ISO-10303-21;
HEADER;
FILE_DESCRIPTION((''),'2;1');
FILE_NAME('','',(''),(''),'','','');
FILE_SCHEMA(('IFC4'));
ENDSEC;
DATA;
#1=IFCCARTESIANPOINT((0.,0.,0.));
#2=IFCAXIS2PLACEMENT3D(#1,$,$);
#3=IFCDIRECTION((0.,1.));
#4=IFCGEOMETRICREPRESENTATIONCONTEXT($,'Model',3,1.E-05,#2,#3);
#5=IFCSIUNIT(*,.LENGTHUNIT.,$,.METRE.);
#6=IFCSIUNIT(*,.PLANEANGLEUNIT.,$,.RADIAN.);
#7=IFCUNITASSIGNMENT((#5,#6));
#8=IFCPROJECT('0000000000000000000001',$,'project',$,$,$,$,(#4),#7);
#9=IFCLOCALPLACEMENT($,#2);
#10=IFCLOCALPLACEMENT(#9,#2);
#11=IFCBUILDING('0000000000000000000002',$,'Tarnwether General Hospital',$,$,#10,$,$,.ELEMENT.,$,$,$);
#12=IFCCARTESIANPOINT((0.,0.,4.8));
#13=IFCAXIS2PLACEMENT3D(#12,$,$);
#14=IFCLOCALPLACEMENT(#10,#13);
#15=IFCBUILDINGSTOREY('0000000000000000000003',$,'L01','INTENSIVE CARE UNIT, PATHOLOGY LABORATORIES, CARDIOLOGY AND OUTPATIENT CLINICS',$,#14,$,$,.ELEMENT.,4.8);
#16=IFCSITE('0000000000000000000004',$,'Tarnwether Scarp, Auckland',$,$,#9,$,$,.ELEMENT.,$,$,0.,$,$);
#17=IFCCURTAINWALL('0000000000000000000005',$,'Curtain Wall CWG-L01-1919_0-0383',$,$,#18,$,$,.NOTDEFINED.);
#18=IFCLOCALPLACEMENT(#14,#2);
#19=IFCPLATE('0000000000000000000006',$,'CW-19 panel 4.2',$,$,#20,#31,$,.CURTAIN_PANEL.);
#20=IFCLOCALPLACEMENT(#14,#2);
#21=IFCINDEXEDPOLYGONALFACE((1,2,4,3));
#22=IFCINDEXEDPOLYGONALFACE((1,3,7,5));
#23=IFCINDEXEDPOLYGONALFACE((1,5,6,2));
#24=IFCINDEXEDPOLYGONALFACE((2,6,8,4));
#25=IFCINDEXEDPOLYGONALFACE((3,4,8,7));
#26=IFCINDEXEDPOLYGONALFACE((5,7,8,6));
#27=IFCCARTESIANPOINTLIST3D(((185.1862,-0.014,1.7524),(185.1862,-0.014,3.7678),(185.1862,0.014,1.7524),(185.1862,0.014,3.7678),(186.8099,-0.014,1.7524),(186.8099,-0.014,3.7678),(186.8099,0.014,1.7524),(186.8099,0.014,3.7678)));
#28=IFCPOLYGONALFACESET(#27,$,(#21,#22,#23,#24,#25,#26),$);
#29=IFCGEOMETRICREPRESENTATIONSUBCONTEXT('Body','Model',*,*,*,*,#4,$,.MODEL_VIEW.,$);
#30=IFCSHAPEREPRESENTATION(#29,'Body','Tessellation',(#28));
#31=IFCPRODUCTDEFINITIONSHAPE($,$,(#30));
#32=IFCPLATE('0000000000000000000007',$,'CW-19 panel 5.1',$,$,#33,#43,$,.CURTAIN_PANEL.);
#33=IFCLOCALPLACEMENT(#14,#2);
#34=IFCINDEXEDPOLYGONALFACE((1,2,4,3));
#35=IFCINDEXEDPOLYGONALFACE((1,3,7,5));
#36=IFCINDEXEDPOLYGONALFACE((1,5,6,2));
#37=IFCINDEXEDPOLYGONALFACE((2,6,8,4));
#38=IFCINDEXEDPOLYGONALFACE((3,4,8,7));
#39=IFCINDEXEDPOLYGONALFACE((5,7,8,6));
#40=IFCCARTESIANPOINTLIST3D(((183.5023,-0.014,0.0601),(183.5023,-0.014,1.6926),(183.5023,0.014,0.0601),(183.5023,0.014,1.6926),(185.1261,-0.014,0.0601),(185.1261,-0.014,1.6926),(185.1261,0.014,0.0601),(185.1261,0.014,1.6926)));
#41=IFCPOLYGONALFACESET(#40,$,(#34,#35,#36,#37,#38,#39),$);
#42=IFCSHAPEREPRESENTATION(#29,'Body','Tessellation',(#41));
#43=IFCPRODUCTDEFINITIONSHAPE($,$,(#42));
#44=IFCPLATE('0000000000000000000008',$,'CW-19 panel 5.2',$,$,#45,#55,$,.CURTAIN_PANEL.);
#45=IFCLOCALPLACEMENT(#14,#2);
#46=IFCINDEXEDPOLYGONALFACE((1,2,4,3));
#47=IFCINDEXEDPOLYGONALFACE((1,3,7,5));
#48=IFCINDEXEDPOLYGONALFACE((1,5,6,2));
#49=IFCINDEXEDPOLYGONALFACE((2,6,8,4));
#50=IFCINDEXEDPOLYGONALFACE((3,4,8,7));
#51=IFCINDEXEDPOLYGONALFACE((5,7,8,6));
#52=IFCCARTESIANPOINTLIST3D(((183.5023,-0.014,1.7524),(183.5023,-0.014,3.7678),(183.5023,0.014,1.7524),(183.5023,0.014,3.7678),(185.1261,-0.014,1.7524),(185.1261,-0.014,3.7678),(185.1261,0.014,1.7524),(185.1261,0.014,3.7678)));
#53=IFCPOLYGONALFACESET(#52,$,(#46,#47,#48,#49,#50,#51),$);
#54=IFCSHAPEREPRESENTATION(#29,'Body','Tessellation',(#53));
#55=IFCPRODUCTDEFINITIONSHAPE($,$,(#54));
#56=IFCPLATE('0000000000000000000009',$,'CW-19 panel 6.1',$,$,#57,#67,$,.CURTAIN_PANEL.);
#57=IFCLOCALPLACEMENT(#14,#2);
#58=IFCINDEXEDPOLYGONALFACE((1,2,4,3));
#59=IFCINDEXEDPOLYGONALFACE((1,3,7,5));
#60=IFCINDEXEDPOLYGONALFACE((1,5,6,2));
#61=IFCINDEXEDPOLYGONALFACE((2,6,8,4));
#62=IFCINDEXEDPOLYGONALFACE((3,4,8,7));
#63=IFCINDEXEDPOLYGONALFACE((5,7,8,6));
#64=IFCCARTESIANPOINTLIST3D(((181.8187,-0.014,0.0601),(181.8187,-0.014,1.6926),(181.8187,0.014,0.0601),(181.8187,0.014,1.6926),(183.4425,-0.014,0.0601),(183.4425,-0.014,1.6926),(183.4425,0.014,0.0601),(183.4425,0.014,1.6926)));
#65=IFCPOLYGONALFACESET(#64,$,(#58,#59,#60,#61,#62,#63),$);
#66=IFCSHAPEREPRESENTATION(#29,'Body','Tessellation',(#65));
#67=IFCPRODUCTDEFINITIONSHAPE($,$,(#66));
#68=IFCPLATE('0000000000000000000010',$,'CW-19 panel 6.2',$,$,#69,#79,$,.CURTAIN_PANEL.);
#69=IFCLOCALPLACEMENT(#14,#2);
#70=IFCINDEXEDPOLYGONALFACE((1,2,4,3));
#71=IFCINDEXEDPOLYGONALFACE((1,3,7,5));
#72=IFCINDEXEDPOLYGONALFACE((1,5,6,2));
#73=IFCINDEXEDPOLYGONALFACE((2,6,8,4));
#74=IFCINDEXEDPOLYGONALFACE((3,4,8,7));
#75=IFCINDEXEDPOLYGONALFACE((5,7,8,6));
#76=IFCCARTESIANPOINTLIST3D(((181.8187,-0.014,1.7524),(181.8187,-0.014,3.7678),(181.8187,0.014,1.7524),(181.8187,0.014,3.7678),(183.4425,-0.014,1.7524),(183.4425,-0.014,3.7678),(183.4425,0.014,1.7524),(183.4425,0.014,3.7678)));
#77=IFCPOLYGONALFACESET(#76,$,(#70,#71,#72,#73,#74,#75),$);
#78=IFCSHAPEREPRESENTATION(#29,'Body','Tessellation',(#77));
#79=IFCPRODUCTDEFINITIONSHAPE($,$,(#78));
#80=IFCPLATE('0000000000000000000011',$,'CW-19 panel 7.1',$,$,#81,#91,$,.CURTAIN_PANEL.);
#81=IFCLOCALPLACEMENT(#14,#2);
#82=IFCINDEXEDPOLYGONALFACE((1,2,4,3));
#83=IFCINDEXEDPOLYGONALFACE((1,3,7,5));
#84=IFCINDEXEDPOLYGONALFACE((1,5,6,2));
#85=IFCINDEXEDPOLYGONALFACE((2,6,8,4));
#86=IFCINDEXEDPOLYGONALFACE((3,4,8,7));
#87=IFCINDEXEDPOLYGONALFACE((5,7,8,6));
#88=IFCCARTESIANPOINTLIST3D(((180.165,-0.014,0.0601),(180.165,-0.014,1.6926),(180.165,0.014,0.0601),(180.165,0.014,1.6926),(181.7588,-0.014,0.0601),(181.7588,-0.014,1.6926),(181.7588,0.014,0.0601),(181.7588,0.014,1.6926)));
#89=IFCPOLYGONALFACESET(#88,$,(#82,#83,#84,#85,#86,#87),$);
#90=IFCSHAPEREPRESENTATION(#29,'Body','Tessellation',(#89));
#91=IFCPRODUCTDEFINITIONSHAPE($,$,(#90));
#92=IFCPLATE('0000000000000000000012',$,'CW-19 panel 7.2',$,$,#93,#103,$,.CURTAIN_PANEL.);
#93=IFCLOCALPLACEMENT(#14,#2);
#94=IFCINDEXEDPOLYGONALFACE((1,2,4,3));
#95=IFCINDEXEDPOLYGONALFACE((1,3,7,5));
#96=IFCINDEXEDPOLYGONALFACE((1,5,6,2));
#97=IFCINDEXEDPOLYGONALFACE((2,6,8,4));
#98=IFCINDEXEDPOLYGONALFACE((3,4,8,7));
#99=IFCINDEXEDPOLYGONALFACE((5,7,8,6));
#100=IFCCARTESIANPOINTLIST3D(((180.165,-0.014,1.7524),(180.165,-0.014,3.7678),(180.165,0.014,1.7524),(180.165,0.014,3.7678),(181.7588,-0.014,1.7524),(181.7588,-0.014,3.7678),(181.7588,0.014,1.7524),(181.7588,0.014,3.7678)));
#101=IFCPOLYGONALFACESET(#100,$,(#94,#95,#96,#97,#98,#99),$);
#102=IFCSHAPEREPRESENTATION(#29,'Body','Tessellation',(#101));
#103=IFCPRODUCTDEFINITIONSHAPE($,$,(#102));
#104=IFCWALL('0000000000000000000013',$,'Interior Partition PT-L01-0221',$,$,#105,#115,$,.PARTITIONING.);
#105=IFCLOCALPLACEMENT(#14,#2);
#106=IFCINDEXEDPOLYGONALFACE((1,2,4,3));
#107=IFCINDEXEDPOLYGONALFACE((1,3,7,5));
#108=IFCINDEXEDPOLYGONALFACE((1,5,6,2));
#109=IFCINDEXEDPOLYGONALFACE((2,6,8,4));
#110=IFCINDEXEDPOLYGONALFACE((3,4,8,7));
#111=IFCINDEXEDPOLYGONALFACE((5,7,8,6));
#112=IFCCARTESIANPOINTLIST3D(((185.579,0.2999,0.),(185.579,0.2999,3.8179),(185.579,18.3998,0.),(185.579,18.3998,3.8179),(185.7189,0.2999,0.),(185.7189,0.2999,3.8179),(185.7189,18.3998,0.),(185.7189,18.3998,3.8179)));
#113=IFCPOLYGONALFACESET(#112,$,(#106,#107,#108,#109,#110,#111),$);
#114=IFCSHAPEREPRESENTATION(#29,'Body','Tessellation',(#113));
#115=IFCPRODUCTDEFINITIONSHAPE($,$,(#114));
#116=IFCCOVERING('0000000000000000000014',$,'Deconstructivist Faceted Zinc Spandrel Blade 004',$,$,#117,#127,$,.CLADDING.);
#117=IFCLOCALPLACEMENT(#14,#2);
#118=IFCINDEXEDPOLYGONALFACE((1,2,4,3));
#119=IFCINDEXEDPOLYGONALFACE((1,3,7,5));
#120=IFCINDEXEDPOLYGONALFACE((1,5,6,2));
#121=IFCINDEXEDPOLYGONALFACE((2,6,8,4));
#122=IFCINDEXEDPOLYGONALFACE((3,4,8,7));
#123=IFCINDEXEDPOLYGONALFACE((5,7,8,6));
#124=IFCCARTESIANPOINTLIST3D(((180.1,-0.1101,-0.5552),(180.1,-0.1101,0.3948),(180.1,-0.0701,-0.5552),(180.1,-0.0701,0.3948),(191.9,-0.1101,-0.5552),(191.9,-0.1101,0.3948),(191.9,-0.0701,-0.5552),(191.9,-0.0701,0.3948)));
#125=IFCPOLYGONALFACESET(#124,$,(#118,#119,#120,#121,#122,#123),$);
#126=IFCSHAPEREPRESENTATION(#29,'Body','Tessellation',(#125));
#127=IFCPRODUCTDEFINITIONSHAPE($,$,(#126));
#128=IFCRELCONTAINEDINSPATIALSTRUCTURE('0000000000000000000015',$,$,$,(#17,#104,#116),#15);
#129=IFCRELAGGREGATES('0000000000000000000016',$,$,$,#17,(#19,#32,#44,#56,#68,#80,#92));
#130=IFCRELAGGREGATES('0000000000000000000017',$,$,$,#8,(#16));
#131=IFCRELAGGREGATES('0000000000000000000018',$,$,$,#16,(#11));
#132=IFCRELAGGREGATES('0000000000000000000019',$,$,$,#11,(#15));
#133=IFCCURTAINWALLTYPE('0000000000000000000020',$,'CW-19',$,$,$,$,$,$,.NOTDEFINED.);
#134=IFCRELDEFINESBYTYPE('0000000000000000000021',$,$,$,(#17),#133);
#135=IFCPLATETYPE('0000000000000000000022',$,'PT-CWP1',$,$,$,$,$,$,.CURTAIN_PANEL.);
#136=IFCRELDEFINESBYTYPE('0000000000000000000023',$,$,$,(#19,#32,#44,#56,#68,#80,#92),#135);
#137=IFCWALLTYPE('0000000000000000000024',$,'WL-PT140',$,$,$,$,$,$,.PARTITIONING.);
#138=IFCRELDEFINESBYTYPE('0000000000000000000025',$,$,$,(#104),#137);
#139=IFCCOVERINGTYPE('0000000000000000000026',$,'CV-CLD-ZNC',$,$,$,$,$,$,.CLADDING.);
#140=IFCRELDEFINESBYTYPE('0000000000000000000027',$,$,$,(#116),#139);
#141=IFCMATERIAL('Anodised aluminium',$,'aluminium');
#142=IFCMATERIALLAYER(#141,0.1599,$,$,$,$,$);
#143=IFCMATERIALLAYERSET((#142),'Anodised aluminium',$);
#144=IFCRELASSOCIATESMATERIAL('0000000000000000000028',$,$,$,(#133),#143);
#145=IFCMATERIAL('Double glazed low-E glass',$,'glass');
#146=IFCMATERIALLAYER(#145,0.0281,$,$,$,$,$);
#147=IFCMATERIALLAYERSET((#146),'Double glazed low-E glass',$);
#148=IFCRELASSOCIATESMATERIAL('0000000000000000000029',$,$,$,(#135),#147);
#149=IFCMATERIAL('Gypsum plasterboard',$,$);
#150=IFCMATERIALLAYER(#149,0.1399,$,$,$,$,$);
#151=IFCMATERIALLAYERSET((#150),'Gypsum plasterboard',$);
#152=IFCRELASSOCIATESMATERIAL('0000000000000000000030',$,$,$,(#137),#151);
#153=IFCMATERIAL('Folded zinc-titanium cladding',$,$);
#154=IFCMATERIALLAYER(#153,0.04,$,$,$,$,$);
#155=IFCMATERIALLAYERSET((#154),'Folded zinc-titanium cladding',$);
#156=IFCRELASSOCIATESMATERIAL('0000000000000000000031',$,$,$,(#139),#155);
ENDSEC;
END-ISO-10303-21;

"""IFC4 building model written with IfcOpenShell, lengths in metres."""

from ifc_helpers import new_model, si_unit, direction, frame, frame_2d, origin, origin_2d, place, context, subcontext, project, spatial, rectangle, extrude, material, layer, layer_set, type_object, element, aggregate, save


model = new_model("IFC4")

# Units and contexts
model_context = context("Model", 3, precision=1e-05, world=origin(), true_north=direction((0.0, 1.0)))
body_context = subcontext(model_context, "Body", "Model", "MODEL_VIEW")
ifc_project = project(units=[si_unit("LENGTHUNIT", "METRE"), si_unit("PLANEANGLEUNIT", "RADIAN")], contexts=[model_context])

# Site, building, storey
site_placement = place(None, origin())
site = spatial("IfcSite", under=ifc_project, at=site_placement, Name="Tarnwether Scarp, Auckland", CompositionType="ELEMENT", RefElevation=0.0)
building_placement = place(site_placement, origin())
building = spatial("IfcBuilding", under=site, at=building_placement, Name="Tarnwether General Hospital", CompositionType="ELEMENT")
storey_placement = place(building_placement, frame((0.0, 0.0, 4.8)))
storey = spatial("IfcBuildingStorey", under=building, at=storey_placement, Name="L01", Description="INTENSIVE CARE UNIT, PATHOLOGY LABORATORIES, CARDIOLOGY AND OUTPATIENT CLINICS", CompositionType="ELEMENT", Elevation=4.8)

# Curtain wall, plates
ifc_material_1 = material(Name="Anodised aluminium", Category="aluminium")
ifc_layer_1 = layer(ifc_material_1, 0.1599)
ifc_layer_set_1 = layer_set([ifc_layer_1], Name="Anodised aluminium")
curtain_wall_type = type_object("IfcCurtainWallType", Name="CW-19", PredefinedType="NOTDEFINED", material=ifc_layer_set_1)
curtain_wall_placement = place(storey_placement, origin())
curtain_wall = element("IfcCurtainWall", 1, at=curtain_wall_placement, inside=storey, type_object=curtain_wall_type, Name="Curtain Wall CWG-L01-1919_0-0383", PredefinedType="NOTDEFINED")
ifc_material_2 = material(Name="Double glazed low-E glass", Category="glass")
ifc_layer_2 = layer(ifc_material_2, 0.0281)
ifc_layer_set_2 = layer_set([ifc_layer_2], Name="Double glazed low-E glass")
plate_type = type_object("IfcPlateType", Name="PT-CWP1", PredefinedType="CURTAIN_PANEL", material=ifc_layer_set_2)
plate_1_placement = place(storey_placement, frame((185.998, 0.0, 1.7524), z_axis=(0.0, 0.0, 1.0), x_axis=(-1.0, 0.0, 0.0)))
plate_1 = element("IfcPlate", 2, at=plate_1_placement, type_object=plate_type, Name="CW-19 panel 4.2", PredefinedType="CURTAIN_PANEL", context=body_context, shape_type="SweptSolid", body=[
    extrude(rectangle(XDim=1.6238, YDim=0.0281, at=origin_2d()), origin(), (0.0, 0.0, 1.0), 2.0154),
])
plate_2_placement = place(storey_placement, frame((184.3142, 0.0, 0.0601), z_axis=(0.0, 0.0, 1.0), x_axis=(-1.0, 0.0, 0.0)))
plate_2 = element("IfcPlate", 3, at=plate_2_placement, type_object=plate_type, Name="CW-19 panel 5.1", PredefinedType="CURTAIN_PANEL", context=body_context, shape_type="SweptSolid", body=[
    extrude(rectangle(XDim=1.6238, YDim=0.0281, at=origin_2d()), origin(), (0.0, 0.0, 1.0), 1.6326),
])
plate_3_placement = place(storey_placement, frame((184.3142, 0.0, 1.7524), z_axis=(0.0, 0.0, 1.0), x_axis=(-1.0, 0.0, 0.0)))
plate_3 = element("IfcPlate", 4, at=plate_3_placement, type_object=plate_type, Name="CW-19 panel 5.2", PredefinedType="CURTAIN_PANEL", context=body_context, shape_type="SweptSolid", body=[
    extrude(rectangle(XDim=1.6238, YDim=0.0281, at=origin_2d()), origin(), (0.0, 0.0, 1.0), 2.0154),
])
plate_4_placement = place(storey_placement, frame((182.6306, 0.0, 0.0601), z_axis=(0.0, 0.0, 1.0), x_axis=(-1.0, 0.0, 0.0)))
plate_4 = element("IfcPlate", 5, at=plate_4_placement, type_object=plate_type, Name="CW-19 panel 6.1", PredefinedType="CURTAIN_PANEL", context=body_context, shape_type="SweptSolid", body=[
    extrude(rectangle(XDim=1.6238, YDim=0.0281, at=origin_2d()), origin(), (0.0, 0.0, 1.0), 1.6326),
])
plate_5_placement = place(storey_placement, frame((182.6306, 0.0, 1.7524), z_axis=(0.0, 0.0, 1.0), x_axis=(-1.0, 0.0, 0.0)))
plate_5 = element("IfcPlate", 6, at=plate_5_placement, type_object=plate_type, Name="CW-19 panel 6.2", PredefinedType="CURTAIN_PANEL", context=body_context, shape_type="SweptSolid", body=[
    extrude(rectangle(XDim=1.6238, YDim=0.0281, at=origin_2d()), origin(), (0.0, 0.0, 1.0), 2.0154),
])
plate_6_placement = place(storey_placement, frame((180.9619, 0.0, 0.0601), z_axis=(0.0, 0.0, 1.0), x_axis=(-1.0, 0.0, 0.0)))
plate_6 = element("IfcPlate", 7, at=plate_6_placement, type_object=plate_type, Name="CW-19 panel 7.1", PredefinedType="CURTAIN_PANEL", context=body_context, shape_type="SweptSolid", body=[
    extrude(rectangle(XDim=1.5938, YDim=0.0281, at=origin_2d()), origin(), (0.0, 0.0, 1.0), 1.6326),
])
plate_7_placement = place(storey_placement, frame((180.9619, 0.0, 1.7524), z_axis=(0.0, 0.0, 1.0), x_axis=(-1.0, 0.0, 0.0)))
plate_7 = element("IfcPlate", 8, at=plate_7_placement, type_object=plate_type, Name="CW-19 panel 7.2", PredefinedType="CURTAIN_PANEL", context=body_context, shape_type="SweptSolid", body=[
    extrude(rectangle(XDim=1.5938, YDim=0.0281, at=origin_2d()), origin(), (0.0, 0.0, 1.0), 2.0154),
])
aggregate(curtain_wall, [plate_1, plate_2, plate_3, plate_4, plate_5, plate_6, plate_7])

# Wall
ifc_material_3 = material(Name="Gypsum plasterboard")
ifc_layer_3 = layer(ifc_material_3, 0.1399)
ifc_layer_set_3 = layer_set([ifc_layer_3], Name="Gypsum plasterboard")
wall_type = type_object("IfcWallType", Name="WL-PT140", PredefinedType="PARTITIONING", material=ifc_layer_set_3)
wall_placement = place(storey_placement, frame((185.6489, 0.3, 0.0), z_axis=(0.0, 0.0, 1.0), x_axis=(0.0, 1.0, 0.0)))
element("IfcWall", 9, at=wall_placement, inside=storey, type_object=wall_type, Name="Interior Partition PT-L01-0221", PredefinedType="PARTITIONING", context=body_context, shape_type="SweptSolid", body=[
    extrude(rectangle(XDim=18.0999, YDim=0.1399, at=frame_2d((9.0498, 0.0))), origin(), (0.0, 0.0, 1.0), 3.8179),
])

# Covering
ifc_material_4 = material(Name="Folded zinc-titanium cladding")
ifc_layer_4 = layer(ifc_material_4, 0.04)
ifc_layer_set_4 = layer_set([ifc_layer_4], Name="Folded zinc-titanium cladding")
covering_type = type_object("IfcCoveringType", Name="CV-CLD-ZNC", PredefinedType="CLADDING", material=ifc_layer_set_4)
covering_placement = place(storey_placement, frame((186.0, -0.0901, -0.5552), z_axis=(0.0, 0.0, 1.0), x_axis=(1.0, 0.0, 0.0)))
element("IfcCovering", 10, at=covering_placement, inside=storey, type_object=covering_type, Name="Deconstructivist Faceted Zinc Spandrel Blade 004", PredefinedType="CLADDING", context=body_context, shape_type="SweptSolid", body=[
    extrude(rectangle(XDim=11.8, YDim=0.04, at=origin_2d()), origin(), (0.0, 0.0, 1.0), 0.95),
])

save(model, "model.ifc")
